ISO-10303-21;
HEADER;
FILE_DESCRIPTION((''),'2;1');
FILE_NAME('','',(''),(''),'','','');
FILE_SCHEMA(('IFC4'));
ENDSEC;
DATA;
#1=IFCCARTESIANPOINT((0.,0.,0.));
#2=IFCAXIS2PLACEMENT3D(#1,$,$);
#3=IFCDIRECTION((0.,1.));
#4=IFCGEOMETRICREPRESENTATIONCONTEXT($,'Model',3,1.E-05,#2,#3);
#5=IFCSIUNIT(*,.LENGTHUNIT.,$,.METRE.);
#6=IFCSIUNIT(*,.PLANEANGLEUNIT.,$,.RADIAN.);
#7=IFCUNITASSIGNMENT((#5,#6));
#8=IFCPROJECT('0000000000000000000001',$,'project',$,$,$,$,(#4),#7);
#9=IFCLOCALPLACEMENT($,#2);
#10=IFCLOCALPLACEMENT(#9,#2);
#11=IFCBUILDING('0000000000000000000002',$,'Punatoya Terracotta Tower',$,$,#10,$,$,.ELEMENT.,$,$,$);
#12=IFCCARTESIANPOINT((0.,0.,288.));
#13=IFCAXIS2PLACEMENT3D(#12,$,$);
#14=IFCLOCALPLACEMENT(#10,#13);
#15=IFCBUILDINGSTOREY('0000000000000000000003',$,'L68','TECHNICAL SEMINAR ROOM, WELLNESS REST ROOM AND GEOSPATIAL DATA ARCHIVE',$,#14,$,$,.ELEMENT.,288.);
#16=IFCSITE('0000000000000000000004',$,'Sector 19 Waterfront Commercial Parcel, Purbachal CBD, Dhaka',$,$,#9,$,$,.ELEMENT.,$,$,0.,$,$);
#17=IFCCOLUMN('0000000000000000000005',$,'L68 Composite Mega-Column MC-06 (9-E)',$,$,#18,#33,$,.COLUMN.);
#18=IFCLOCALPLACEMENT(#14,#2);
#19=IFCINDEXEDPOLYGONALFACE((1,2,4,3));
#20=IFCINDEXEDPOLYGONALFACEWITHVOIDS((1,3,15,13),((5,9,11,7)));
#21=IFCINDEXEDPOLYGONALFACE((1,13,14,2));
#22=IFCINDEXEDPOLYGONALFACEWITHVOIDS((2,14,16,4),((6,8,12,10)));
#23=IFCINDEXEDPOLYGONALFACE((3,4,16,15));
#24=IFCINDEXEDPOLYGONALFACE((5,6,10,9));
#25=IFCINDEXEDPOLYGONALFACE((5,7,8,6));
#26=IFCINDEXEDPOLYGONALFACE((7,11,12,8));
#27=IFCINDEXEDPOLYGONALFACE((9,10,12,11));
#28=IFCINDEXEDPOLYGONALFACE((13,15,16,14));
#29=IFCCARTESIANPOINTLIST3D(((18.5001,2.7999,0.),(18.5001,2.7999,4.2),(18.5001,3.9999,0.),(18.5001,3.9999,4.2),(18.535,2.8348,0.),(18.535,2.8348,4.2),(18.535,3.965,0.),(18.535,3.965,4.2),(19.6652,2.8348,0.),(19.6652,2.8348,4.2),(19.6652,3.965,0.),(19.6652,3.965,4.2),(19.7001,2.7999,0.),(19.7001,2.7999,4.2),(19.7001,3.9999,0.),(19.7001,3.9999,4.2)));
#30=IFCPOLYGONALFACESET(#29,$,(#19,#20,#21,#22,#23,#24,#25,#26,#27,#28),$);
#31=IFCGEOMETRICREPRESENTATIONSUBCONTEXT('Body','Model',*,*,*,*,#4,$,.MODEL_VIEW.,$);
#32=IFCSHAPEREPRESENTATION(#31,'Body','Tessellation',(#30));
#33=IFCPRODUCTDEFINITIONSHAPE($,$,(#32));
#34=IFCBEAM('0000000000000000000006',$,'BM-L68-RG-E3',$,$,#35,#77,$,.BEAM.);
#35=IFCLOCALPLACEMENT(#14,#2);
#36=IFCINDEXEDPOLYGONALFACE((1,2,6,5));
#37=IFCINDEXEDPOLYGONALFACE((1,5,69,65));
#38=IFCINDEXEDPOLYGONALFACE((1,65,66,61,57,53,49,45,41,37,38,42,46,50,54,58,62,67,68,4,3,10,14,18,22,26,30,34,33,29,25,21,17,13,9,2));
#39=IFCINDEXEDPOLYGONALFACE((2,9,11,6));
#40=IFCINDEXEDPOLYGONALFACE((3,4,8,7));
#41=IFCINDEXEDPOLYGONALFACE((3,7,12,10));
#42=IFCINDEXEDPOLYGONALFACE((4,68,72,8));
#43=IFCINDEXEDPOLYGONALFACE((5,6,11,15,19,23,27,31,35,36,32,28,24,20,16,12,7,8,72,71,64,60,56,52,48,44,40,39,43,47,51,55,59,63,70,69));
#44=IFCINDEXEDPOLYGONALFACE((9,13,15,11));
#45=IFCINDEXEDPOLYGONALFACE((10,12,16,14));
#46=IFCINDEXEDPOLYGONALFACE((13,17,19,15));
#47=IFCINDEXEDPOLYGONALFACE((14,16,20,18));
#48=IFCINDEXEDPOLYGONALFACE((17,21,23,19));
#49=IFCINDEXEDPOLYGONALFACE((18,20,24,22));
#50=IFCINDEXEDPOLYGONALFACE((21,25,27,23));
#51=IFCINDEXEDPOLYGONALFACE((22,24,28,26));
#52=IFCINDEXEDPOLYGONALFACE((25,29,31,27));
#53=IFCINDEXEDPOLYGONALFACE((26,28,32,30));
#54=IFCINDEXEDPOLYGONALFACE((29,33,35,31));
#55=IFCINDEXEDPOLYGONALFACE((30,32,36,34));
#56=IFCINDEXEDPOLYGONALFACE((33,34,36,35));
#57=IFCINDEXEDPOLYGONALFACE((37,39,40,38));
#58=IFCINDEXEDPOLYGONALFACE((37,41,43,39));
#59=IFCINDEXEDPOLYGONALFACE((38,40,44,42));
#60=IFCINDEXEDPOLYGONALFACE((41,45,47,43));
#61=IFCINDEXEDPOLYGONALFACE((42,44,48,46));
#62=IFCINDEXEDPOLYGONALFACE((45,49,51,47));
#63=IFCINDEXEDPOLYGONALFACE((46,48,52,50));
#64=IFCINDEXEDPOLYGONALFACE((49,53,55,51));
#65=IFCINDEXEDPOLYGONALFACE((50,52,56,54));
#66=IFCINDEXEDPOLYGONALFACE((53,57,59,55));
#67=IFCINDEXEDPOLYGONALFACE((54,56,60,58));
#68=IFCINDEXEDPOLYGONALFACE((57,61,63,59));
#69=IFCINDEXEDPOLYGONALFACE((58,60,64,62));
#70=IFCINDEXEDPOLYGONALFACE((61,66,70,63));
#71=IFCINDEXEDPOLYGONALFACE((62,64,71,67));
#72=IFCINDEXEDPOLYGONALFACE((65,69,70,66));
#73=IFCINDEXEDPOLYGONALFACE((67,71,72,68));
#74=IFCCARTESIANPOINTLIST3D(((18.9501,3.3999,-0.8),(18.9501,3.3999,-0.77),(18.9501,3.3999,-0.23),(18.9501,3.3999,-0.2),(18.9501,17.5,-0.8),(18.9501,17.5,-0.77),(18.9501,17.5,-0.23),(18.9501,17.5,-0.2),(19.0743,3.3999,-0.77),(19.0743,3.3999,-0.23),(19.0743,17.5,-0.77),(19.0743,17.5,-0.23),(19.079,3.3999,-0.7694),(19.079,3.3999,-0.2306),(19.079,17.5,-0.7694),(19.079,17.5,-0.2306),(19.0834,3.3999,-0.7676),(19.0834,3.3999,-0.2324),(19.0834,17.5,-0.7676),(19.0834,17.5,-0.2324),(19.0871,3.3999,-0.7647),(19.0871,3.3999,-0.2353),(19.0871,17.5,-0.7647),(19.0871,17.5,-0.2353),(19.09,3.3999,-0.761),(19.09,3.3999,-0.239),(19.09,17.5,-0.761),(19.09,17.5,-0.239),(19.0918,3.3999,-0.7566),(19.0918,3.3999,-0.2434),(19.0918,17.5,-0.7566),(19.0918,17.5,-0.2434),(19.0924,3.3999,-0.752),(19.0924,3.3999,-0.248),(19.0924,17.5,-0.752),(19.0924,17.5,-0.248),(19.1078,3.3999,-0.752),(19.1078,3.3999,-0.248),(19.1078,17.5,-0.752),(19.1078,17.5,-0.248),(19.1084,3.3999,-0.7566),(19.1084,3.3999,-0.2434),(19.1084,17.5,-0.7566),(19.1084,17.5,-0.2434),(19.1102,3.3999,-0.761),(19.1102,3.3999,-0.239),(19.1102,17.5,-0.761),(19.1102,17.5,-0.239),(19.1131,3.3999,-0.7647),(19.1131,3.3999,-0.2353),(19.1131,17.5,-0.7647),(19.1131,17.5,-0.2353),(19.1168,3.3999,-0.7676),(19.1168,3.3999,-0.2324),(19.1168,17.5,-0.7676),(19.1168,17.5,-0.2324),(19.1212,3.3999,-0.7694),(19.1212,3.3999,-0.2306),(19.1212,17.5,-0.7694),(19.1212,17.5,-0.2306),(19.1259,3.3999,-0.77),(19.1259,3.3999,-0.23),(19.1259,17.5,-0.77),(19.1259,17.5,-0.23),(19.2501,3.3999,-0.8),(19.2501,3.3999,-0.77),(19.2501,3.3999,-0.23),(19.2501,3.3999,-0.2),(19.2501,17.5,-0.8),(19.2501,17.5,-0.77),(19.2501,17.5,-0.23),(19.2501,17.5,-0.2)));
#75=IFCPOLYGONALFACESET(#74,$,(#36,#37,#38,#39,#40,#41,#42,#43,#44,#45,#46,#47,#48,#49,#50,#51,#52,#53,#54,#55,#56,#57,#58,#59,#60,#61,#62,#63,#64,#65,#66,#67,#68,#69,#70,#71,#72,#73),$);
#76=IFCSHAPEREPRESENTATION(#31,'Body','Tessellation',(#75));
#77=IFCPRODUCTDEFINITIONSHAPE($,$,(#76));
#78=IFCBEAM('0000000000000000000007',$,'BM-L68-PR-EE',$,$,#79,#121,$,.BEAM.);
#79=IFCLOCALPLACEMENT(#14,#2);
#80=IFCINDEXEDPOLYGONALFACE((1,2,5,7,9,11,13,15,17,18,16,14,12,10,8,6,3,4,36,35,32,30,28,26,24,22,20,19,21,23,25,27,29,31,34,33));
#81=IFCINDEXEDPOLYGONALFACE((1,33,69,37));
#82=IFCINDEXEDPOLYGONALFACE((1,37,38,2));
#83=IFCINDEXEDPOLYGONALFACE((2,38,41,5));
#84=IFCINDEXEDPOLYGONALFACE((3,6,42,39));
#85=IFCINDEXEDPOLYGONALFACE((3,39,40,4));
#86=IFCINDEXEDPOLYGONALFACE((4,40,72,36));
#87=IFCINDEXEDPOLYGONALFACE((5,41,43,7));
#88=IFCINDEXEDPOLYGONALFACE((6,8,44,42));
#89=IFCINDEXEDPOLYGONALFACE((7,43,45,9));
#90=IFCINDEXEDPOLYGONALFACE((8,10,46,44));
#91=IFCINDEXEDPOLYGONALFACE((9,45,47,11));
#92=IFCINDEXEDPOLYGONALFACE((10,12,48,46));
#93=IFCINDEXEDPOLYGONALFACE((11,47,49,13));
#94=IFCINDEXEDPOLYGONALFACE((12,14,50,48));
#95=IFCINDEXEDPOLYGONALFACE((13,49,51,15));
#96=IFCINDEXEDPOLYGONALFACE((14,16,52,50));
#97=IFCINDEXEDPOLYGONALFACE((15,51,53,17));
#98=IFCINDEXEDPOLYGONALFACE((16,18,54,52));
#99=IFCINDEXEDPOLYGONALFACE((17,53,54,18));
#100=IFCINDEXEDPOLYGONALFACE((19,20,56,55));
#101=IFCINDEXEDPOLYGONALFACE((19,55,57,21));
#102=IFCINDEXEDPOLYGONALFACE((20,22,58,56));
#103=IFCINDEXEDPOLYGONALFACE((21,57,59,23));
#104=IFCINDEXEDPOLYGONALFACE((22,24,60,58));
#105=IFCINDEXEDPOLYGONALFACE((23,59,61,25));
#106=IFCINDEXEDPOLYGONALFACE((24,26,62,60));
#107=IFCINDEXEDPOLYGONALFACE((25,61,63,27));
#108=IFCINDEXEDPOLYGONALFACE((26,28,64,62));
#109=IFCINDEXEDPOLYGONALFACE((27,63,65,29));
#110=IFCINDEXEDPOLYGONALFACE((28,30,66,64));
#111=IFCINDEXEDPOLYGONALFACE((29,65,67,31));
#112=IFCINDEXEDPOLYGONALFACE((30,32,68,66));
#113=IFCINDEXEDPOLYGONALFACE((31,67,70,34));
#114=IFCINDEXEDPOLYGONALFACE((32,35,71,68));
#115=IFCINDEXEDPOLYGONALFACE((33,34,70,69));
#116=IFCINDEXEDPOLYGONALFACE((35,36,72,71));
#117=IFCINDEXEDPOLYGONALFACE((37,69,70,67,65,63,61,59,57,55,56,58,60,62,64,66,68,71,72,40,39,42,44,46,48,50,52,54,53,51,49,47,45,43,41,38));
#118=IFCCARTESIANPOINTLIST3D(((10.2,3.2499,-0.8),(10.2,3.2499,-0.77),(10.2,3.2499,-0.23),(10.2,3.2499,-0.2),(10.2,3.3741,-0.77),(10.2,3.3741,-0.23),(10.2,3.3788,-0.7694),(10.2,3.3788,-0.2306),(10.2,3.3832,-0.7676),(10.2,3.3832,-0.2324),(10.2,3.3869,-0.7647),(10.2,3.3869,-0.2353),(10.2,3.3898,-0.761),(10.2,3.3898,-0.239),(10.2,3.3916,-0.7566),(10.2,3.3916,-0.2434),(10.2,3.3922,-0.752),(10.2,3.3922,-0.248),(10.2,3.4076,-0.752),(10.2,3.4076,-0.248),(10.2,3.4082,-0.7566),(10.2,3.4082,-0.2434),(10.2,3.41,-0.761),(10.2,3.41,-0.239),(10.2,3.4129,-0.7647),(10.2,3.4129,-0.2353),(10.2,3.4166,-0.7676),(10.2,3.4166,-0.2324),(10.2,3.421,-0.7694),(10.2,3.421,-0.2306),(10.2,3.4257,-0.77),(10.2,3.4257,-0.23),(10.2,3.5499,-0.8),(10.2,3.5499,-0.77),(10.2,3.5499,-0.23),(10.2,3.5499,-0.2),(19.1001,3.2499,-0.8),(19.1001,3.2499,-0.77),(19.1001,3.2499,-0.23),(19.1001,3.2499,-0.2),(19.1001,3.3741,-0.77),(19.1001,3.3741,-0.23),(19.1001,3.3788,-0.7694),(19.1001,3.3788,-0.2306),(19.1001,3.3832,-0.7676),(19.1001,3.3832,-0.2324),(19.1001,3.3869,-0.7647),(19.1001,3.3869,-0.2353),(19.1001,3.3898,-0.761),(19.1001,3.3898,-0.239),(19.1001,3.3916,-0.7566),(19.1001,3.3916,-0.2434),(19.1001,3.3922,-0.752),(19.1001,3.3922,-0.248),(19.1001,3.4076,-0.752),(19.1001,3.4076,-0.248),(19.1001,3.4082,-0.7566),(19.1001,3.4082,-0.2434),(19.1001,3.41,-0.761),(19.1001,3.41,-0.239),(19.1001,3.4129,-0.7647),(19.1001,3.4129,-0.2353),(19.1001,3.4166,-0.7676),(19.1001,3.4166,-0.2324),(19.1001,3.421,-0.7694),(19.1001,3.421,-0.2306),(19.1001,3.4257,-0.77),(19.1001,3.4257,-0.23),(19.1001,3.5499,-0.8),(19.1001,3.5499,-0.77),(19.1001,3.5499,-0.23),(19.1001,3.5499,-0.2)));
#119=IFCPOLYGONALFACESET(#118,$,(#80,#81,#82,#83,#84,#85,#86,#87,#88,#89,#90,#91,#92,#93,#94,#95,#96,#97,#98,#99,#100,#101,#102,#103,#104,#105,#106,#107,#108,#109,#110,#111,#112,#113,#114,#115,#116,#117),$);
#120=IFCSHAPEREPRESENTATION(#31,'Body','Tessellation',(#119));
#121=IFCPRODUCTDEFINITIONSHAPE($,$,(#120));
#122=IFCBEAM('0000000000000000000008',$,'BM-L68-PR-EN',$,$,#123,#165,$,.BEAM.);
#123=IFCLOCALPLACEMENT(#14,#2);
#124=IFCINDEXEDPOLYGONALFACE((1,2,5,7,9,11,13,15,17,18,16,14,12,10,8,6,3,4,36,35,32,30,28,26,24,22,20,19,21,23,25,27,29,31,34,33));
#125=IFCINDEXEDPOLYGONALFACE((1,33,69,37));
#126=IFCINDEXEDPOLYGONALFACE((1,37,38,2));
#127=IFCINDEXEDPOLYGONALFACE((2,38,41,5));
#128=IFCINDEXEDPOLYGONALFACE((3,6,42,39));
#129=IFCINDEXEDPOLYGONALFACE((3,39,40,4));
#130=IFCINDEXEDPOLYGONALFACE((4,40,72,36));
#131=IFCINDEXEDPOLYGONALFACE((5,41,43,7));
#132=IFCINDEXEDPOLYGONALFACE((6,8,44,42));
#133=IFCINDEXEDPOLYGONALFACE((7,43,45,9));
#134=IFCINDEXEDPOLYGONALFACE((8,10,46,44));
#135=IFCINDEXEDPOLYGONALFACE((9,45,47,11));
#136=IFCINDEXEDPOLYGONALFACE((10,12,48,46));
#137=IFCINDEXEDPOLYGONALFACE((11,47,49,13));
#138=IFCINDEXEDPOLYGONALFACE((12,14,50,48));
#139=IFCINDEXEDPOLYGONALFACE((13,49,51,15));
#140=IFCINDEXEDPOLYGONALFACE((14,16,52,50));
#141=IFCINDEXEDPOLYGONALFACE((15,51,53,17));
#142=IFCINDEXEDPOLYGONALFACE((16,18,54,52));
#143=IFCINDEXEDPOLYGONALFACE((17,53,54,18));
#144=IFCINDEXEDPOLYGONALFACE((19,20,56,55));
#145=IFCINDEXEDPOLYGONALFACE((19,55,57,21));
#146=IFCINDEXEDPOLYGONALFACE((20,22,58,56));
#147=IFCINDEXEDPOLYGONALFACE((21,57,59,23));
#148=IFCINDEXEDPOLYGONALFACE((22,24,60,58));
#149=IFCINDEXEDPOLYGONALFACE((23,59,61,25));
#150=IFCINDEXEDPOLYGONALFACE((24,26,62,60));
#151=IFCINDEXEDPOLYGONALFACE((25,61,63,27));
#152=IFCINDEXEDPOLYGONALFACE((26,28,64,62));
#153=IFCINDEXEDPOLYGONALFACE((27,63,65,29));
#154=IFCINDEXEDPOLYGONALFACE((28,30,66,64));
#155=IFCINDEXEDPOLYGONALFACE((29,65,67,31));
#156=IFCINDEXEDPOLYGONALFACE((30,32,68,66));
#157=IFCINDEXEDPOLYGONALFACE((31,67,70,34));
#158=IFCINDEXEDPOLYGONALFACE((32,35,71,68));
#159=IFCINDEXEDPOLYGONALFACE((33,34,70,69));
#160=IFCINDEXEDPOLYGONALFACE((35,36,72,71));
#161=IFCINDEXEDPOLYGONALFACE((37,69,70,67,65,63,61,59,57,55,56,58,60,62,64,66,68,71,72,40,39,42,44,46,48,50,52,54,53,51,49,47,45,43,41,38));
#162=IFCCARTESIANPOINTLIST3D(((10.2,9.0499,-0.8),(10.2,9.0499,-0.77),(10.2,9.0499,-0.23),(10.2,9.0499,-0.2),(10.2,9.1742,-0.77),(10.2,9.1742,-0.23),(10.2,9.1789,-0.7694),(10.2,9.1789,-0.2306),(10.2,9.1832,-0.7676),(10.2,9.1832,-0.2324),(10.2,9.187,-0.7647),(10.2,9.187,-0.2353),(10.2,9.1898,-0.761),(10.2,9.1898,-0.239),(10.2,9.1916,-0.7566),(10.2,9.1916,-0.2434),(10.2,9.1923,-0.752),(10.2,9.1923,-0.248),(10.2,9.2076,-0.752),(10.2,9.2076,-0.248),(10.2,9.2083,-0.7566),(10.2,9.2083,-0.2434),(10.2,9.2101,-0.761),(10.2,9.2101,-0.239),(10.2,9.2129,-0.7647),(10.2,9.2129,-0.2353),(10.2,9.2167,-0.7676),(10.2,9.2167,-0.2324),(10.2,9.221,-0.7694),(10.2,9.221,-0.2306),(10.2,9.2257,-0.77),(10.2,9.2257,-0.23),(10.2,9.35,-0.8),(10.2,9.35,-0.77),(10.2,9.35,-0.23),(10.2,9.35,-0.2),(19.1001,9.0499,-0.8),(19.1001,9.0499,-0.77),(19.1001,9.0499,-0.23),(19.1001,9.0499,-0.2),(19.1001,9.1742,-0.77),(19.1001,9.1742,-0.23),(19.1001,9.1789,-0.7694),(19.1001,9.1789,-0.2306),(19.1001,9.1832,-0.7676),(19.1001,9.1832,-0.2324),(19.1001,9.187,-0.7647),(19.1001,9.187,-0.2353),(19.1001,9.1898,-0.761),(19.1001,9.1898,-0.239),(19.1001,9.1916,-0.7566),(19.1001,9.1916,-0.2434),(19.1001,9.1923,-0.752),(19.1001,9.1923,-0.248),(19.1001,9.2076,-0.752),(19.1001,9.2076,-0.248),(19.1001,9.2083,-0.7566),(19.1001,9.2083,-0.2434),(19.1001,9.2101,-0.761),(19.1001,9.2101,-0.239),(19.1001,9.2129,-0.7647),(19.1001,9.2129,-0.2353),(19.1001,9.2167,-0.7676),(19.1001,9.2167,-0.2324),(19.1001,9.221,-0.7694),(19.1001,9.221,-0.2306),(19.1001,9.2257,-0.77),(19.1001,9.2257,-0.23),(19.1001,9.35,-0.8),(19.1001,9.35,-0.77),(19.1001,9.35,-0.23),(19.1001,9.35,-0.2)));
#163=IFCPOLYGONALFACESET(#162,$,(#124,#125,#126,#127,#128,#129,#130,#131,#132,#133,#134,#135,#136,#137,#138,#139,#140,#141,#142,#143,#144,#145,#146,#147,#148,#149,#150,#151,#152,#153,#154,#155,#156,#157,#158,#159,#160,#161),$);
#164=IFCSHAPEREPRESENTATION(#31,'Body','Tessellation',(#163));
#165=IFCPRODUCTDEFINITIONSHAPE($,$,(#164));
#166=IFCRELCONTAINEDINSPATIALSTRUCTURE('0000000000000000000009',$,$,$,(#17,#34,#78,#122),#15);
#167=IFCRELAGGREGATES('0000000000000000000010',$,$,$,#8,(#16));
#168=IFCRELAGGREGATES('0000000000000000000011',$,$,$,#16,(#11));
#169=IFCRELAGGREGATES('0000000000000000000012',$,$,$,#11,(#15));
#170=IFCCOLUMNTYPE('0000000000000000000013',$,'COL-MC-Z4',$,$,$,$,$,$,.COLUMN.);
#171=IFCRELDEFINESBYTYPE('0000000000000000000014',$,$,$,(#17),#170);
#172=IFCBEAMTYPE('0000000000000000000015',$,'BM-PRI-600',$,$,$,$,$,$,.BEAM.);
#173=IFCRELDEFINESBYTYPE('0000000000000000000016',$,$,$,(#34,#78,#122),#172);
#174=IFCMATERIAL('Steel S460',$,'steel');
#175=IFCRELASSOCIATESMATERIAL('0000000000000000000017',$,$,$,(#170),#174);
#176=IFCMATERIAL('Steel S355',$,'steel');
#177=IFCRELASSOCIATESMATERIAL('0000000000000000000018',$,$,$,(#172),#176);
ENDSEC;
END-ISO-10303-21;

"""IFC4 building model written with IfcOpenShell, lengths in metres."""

from ifc_helpers import new_model, si_unit, direction, frame, origin, origin_2d, place, context, subcontext, project, spatial, hollow_rectangle, i_section, extrude, material, material_profile, profile_set, type_object, element, save


model = new_model("IFC4")

# Units and contexts
model_context = context("Model", 3, precision=1e-05, world=origin(), true_north=direction((0.0, 1.0)))
body_context = subcontext(model_context, "Body", "Model", "MODEL_VIEW")
ifc_project = project(units=[si_unit("LENGTHUNIT", "METRE"), si_unit("PLANEANGLEUNIT", "RADIAN")], contexts=[model_context])

# Site, building, storey
site_placement = place(None, origin())
site = spatial("IfcSite", under=ifc_project, at=site_placement, Name="Sector 19 Waterfront Commercial Parcel, Purbachal CBD, Dhaka", CompositionType="ELEMENT", RefElevation=0.0)
building_placement = place(site_placement, origin())
building = spatial("IfcBuilding", under=site, at=building_placement, Name="Punatoya Terracotta Tower", CompositionType="ELEMENT")
storey_placement = place(building_placement, frame((0.0, 0.0, 288.0)))
storey = spatial("IfcBuildingStorey", under=building, at=storey_placement, Name="L68", Description="TECHNICAL SEMINAR ROOM, WELLNESS REST ROOM AND GEOSPATIAL DATA ARCHIVE", CompositionType="ELEMENT", Elevation=288.0)

# Column
ifc_material_1 = material(Name="Steel S460", Category="steel")
ifc_material_profile_1 = material_profile(ifc_material_1, hollow_rectangle(XDim=1.2, YDim=1.2, WallThickness=0.0349, at=origin_2d()))
ifc_profile_set_1 = profile_set([ifc_material_profile_1], Name="Steel S460")
column_type = type_object("IfcColumnType", Name="COL-MC-Z4", PredefinedType="COLUMN", material=ifc_profile_set_1)
column_placement = place(storey_placement, frame((19.1001, 3.3999, 0.0), z_axis=(0.0, 0.0, 1.0), x_axis=(1.0, 0.0, 0.0)))
element("IfcColumn", 1, at=column_placement, inside=storey, type_object=column_type, Name="L68 Composite Mega-Column MC-06 (9-E)", PredefinedType="COLUMN", context=body_context, shape_type="SweptSolid", body=[
    extrude(hollow_rectangle(XDim=1.2, YDim=1.2, WallThickness=0.0349, at=origin_2d()), origin(), (0.0, 0.0, 1.0), 4.2),
])

# Beams
ifc_material_2 = material(Name="Steel S355", Category="steel")
ifc_material_profile_2 = material_profile(ifc_material_2, i_section(OverallWidth=0.3, OverallDepth=0.6001, WebThickness=0.0154, FlangeThickness=0.03, FilletRadius=0.0181, at=origin_2d()))
ifc_profile_set_2 = profile_set([ifc_material_profile_2], Name="Steel S355")
beam_type_1 = type_object("IfcBeamType", Name="BM-PRI-600", PredefinedType="BEAM", material=ifc_profile_set_2)
beam_1_placement = place(storey_placement, frame((19.1001, 3.3999, -0.5), z_axis=(0.0, 1.0, 0.0), x_axis=(-1.0, 0.0, 0.0)))
element("IfcBeam", 2, at=beam_1_placement, inside=storey, type_object=beam_type_1, Name="BM-L68-RG-E3", PredefinedType="BEAM", context=body_context, shape_type="SweptSolid", body=[
    extrude(i_section(OverallWidth=0.3, OverallDepth=0.6001, WebThickness=0.0154, FlangeThickness=0.03, FilletRadius=0.0181, at=origin_2d()), origin(), (0.0, 0.0, 1.0), 14.1001),
])
for number, where, z_axis, x_axis, name in (
    (3, (10.2, 3.3999, -0.5), (1.0, 0.0, 0.0), (0.0, 1.0, 0.0), "BM-L68-PR-EE"),
    (4, (10.2, 9.2, -0.5), (1.0, 0.0, 0.0), (0.0, 1.0, 0.0), "BM-L68-PR-EN"),
):
    element("IfcBeam", number, at=place(storey_placement, frame(where, z_axis=z_axis, x_axis=x_axis)), inside=storey, type_object=beam_type_1, Name=name, PredefinedType="BEAM", context=body_context, shape_type="SweptSolid", body=[
        extrude(i_section(OverallWidth=0.3, OverallDepth=0.6001, WebThickness=0.0154, FlangeThickness=0.03, FilletRadius=0.0181, at=origin_2d()), origin(), (0.0, 0.0, 1.0), 8.9001),
    ])

save(model, "model.ifc")
